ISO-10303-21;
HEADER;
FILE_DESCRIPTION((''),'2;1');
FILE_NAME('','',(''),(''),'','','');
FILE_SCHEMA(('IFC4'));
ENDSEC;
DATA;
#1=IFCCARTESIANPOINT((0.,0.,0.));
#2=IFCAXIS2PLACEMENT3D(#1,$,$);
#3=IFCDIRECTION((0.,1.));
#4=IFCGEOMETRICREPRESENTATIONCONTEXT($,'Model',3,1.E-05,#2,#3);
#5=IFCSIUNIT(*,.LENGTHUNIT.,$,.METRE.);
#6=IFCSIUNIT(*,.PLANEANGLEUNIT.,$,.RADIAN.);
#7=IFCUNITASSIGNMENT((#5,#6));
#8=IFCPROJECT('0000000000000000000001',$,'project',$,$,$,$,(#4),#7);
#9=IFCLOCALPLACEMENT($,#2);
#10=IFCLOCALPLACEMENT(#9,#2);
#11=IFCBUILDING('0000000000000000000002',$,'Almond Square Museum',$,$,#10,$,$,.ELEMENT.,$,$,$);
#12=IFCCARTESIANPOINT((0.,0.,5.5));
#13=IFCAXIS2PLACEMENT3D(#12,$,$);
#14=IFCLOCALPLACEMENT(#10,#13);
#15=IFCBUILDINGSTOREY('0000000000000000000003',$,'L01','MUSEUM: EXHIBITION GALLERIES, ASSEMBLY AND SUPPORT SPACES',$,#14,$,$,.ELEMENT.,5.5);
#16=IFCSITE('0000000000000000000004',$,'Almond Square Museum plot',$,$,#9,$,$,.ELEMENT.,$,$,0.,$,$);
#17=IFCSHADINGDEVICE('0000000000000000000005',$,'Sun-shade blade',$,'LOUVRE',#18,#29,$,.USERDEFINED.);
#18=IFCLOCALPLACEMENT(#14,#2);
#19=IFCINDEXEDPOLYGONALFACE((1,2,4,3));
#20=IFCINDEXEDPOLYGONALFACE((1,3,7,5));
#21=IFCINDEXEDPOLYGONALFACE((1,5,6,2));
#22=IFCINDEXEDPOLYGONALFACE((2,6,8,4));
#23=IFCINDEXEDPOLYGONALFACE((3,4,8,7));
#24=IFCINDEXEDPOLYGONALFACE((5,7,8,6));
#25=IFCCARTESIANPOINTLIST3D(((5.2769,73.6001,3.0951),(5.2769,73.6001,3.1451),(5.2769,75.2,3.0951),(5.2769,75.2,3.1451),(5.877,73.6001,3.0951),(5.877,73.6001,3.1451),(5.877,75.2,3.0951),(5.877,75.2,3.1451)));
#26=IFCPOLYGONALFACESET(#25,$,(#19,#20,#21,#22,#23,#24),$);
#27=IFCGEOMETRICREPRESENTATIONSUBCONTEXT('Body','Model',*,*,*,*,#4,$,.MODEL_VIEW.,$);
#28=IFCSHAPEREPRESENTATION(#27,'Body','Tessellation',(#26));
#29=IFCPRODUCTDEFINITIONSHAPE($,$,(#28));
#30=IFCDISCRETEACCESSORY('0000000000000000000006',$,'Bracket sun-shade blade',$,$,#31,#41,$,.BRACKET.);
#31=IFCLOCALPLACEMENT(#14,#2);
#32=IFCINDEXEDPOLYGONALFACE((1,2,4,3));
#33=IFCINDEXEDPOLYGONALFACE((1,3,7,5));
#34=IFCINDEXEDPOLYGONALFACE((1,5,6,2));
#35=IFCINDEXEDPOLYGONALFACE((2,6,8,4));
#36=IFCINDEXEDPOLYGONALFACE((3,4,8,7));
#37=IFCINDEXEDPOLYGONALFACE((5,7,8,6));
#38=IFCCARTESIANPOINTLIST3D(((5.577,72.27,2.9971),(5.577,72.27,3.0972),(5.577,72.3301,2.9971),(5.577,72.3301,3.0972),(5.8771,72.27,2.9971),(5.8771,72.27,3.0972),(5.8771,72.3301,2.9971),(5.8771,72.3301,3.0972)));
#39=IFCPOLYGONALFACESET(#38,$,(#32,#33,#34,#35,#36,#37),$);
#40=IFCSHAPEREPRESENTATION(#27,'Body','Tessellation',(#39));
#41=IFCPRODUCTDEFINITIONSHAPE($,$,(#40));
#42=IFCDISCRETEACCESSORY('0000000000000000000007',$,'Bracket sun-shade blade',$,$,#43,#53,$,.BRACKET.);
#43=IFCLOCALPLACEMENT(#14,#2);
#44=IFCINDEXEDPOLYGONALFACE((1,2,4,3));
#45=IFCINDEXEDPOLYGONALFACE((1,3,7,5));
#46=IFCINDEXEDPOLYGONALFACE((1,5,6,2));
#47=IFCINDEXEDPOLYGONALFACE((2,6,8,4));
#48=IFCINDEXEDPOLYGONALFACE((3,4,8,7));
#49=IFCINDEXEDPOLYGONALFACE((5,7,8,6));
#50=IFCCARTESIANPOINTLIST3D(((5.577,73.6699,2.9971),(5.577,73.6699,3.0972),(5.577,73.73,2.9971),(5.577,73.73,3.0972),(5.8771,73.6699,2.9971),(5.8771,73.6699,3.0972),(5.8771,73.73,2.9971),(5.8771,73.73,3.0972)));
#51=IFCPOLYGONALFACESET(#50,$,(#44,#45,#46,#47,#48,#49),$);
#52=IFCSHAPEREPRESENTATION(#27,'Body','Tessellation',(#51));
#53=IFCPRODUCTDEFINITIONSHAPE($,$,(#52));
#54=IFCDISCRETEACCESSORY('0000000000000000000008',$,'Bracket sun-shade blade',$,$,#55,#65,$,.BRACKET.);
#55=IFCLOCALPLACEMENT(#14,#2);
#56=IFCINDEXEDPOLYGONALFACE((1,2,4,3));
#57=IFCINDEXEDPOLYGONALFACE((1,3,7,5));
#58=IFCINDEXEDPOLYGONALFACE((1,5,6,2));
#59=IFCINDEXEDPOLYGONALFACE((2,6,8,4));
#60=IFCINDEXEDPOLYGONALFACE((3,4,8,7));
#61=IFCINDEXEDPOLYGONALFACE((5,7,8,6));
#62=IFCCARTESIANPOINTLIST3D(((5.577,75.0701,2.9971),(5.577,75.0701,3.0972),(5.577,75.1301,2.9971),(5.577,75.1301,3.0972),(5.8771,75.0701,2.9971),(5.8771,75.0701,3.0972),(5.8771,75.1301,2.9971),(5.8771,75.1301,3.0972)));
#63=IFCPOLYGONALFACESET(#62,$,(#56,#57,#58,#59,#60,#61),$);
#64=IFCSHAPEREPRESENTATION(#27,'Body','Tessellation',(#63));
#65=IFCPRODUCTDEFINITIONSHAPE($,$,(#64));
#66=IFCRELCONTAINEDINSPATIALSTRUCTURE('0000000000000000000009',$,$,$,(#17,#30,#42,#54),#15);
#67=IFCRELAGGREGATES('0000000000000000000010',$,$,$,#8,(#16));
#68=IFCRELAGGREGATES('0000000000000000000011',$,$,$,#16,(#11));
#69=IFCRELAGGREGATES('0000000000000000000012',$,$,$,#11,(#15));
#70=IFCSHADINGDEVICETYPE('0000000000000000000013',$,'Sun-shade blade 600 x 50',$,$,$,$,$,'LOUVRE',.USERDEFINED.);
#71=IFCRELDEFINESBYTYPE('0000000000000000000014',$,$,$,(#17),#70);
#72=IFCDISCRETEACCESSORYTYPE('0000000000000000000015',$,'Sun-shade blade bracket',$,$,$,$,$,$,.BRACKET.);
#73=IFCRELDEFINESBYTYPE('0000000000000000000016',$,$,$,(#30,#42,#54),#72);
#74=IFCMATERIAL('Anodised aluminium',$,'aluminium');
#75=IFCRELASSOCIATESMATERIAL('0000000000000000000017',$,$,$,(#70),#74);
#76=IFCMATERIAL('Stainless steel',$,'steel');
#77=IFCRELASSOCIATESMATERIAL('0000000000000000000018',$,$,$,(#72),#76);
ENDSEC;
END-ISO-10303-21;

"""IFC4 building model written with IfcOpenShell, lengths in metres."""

from ifc_helpers import new_model, si_unit, direction, frame, origin, origin_2d, place, context, subcontext, project, spatial, rectangle, extrude, material, material_profile, profile_set, type_object, element, save


model = new_model("IFC4")

# Units and contexts
model_context = context("Model", 3, precision=1e-05, world=origin(), true_north=direction((0.0, 1.0)))
body_context = subcontext(model_context, "Body", "Model", "MODEL_VIEW")
ifc_project = project(units=[si_unit("LENGTHUNIT", "METRE"), si_unit("PLANEANGLEUNIT", "RADIAN")], contexts=[model_context])

# Site, building, storey
site_placement = place(None, origin())
site = spatial("IfcSite", under=ifc_project, at=site_placement, Name="Almond Square Museum plot", CompositionType="ELEMENT", RefElevation=0.0)
building_placement = place(site_placement, origin())
building = spatial("IfcBuilding", under=site, at=building_placement, Name="Almond Square Museum", CompositionType="ELEMENT")
storey_placement = place(building_placement, frame((0.0, 0.0, 5.5)))
storey = spatial("IfcBuildingStorey", under=building, at=storey_placement, Name="L01", Description="MUSEUM: EXHIBITION GALLERIES, ASSEMBLY AND SUPPORT SPACES", CompositionType="ELEMENT", Elevation=5.5)

# Shading device
ifc_material_1 = material(Name="Anodised aluminium", Category="aluminium")
ifc_material_profile_1 = material_profile(ifc_material_1, rectangle(XDim=0.6001, YDim=0.05, at=origin_2d()))
ifc_profile_set_1 = profile_set([ifc_material_profile_1], Name="Anodised aluminium")
shading_device_type = type_object("IfcShadingDeviceType", Name="Sun-shade blade 600 x 50", ElementType="LOUVRE", PredefinedType="USERDEFINED", material=ifc_profile_set_1)
shading_device_placement = place(storey_placement, frame((5.5769, 73.6001, 3.1201), z_axis=(0.0, 1.0, 0.0), x_axis=(-1.0, 0.0, 0.0)))
element("IfcShadingDevice", 1, at=shading_device_placement, inside=storey, type_object=shading_device_type, Name="Sun-shade blade", ObjectType="LOUVRE", PredefinedType="USERDEFINED", context=body_context, shape_type="SweptSolid", body=[
    extrude(rectangle(XDim=0.6001, YDim=0.05, at=origin_2d()), origin(), (0.0, 0.0, 1.0), 1.5999),
])

# Discrete accessories
ifc_material_2 = material(Name="Stainless steel", Category="steel")
discrete_accessory_type = type_object("IfcDiscreteAccessoryType", Name="Sun-shade blade bracket", PredefinedType="BRACKET", material=ifc_material_2)
for number, where, z_axis, x_axis, name in (
    (2, (5.7271, 72.3, 2.9971), (0.0, 0.0, 1.0), (1.0, 0.0, 0.0), "Bracket sun-shade blade"),
    (3, (5.7271, 73.7, 2.9971), (0.0, 0.0, 1.0), (1.0, 0.0, 0.0), "Bracket sun-shade blade"),
    (4, (5.7271, 75.1001, 2.9971), (0.0, 0.0, 1.0), (1.0, 0.0, 0.0), "Bracket sun-shade blade"),
):
    element("IfcDiscreteAccessory", number, at=place(storey_placement, frame(where, z_axis=z_axis, x_axis=x_axis)), inside=storey, type_object=discrete_accessory_type, Name=name, PredefinedType="BRACKET", context=body_context, shape_type="SweptSolid", body=[
        extrude(rectangle(XDim=0.3, YDim=0.0601, at=origin_2d()), origin(), (0.0, 0.0, 1.0), 0.1001),
    ])

save(model, "model.ifc")
